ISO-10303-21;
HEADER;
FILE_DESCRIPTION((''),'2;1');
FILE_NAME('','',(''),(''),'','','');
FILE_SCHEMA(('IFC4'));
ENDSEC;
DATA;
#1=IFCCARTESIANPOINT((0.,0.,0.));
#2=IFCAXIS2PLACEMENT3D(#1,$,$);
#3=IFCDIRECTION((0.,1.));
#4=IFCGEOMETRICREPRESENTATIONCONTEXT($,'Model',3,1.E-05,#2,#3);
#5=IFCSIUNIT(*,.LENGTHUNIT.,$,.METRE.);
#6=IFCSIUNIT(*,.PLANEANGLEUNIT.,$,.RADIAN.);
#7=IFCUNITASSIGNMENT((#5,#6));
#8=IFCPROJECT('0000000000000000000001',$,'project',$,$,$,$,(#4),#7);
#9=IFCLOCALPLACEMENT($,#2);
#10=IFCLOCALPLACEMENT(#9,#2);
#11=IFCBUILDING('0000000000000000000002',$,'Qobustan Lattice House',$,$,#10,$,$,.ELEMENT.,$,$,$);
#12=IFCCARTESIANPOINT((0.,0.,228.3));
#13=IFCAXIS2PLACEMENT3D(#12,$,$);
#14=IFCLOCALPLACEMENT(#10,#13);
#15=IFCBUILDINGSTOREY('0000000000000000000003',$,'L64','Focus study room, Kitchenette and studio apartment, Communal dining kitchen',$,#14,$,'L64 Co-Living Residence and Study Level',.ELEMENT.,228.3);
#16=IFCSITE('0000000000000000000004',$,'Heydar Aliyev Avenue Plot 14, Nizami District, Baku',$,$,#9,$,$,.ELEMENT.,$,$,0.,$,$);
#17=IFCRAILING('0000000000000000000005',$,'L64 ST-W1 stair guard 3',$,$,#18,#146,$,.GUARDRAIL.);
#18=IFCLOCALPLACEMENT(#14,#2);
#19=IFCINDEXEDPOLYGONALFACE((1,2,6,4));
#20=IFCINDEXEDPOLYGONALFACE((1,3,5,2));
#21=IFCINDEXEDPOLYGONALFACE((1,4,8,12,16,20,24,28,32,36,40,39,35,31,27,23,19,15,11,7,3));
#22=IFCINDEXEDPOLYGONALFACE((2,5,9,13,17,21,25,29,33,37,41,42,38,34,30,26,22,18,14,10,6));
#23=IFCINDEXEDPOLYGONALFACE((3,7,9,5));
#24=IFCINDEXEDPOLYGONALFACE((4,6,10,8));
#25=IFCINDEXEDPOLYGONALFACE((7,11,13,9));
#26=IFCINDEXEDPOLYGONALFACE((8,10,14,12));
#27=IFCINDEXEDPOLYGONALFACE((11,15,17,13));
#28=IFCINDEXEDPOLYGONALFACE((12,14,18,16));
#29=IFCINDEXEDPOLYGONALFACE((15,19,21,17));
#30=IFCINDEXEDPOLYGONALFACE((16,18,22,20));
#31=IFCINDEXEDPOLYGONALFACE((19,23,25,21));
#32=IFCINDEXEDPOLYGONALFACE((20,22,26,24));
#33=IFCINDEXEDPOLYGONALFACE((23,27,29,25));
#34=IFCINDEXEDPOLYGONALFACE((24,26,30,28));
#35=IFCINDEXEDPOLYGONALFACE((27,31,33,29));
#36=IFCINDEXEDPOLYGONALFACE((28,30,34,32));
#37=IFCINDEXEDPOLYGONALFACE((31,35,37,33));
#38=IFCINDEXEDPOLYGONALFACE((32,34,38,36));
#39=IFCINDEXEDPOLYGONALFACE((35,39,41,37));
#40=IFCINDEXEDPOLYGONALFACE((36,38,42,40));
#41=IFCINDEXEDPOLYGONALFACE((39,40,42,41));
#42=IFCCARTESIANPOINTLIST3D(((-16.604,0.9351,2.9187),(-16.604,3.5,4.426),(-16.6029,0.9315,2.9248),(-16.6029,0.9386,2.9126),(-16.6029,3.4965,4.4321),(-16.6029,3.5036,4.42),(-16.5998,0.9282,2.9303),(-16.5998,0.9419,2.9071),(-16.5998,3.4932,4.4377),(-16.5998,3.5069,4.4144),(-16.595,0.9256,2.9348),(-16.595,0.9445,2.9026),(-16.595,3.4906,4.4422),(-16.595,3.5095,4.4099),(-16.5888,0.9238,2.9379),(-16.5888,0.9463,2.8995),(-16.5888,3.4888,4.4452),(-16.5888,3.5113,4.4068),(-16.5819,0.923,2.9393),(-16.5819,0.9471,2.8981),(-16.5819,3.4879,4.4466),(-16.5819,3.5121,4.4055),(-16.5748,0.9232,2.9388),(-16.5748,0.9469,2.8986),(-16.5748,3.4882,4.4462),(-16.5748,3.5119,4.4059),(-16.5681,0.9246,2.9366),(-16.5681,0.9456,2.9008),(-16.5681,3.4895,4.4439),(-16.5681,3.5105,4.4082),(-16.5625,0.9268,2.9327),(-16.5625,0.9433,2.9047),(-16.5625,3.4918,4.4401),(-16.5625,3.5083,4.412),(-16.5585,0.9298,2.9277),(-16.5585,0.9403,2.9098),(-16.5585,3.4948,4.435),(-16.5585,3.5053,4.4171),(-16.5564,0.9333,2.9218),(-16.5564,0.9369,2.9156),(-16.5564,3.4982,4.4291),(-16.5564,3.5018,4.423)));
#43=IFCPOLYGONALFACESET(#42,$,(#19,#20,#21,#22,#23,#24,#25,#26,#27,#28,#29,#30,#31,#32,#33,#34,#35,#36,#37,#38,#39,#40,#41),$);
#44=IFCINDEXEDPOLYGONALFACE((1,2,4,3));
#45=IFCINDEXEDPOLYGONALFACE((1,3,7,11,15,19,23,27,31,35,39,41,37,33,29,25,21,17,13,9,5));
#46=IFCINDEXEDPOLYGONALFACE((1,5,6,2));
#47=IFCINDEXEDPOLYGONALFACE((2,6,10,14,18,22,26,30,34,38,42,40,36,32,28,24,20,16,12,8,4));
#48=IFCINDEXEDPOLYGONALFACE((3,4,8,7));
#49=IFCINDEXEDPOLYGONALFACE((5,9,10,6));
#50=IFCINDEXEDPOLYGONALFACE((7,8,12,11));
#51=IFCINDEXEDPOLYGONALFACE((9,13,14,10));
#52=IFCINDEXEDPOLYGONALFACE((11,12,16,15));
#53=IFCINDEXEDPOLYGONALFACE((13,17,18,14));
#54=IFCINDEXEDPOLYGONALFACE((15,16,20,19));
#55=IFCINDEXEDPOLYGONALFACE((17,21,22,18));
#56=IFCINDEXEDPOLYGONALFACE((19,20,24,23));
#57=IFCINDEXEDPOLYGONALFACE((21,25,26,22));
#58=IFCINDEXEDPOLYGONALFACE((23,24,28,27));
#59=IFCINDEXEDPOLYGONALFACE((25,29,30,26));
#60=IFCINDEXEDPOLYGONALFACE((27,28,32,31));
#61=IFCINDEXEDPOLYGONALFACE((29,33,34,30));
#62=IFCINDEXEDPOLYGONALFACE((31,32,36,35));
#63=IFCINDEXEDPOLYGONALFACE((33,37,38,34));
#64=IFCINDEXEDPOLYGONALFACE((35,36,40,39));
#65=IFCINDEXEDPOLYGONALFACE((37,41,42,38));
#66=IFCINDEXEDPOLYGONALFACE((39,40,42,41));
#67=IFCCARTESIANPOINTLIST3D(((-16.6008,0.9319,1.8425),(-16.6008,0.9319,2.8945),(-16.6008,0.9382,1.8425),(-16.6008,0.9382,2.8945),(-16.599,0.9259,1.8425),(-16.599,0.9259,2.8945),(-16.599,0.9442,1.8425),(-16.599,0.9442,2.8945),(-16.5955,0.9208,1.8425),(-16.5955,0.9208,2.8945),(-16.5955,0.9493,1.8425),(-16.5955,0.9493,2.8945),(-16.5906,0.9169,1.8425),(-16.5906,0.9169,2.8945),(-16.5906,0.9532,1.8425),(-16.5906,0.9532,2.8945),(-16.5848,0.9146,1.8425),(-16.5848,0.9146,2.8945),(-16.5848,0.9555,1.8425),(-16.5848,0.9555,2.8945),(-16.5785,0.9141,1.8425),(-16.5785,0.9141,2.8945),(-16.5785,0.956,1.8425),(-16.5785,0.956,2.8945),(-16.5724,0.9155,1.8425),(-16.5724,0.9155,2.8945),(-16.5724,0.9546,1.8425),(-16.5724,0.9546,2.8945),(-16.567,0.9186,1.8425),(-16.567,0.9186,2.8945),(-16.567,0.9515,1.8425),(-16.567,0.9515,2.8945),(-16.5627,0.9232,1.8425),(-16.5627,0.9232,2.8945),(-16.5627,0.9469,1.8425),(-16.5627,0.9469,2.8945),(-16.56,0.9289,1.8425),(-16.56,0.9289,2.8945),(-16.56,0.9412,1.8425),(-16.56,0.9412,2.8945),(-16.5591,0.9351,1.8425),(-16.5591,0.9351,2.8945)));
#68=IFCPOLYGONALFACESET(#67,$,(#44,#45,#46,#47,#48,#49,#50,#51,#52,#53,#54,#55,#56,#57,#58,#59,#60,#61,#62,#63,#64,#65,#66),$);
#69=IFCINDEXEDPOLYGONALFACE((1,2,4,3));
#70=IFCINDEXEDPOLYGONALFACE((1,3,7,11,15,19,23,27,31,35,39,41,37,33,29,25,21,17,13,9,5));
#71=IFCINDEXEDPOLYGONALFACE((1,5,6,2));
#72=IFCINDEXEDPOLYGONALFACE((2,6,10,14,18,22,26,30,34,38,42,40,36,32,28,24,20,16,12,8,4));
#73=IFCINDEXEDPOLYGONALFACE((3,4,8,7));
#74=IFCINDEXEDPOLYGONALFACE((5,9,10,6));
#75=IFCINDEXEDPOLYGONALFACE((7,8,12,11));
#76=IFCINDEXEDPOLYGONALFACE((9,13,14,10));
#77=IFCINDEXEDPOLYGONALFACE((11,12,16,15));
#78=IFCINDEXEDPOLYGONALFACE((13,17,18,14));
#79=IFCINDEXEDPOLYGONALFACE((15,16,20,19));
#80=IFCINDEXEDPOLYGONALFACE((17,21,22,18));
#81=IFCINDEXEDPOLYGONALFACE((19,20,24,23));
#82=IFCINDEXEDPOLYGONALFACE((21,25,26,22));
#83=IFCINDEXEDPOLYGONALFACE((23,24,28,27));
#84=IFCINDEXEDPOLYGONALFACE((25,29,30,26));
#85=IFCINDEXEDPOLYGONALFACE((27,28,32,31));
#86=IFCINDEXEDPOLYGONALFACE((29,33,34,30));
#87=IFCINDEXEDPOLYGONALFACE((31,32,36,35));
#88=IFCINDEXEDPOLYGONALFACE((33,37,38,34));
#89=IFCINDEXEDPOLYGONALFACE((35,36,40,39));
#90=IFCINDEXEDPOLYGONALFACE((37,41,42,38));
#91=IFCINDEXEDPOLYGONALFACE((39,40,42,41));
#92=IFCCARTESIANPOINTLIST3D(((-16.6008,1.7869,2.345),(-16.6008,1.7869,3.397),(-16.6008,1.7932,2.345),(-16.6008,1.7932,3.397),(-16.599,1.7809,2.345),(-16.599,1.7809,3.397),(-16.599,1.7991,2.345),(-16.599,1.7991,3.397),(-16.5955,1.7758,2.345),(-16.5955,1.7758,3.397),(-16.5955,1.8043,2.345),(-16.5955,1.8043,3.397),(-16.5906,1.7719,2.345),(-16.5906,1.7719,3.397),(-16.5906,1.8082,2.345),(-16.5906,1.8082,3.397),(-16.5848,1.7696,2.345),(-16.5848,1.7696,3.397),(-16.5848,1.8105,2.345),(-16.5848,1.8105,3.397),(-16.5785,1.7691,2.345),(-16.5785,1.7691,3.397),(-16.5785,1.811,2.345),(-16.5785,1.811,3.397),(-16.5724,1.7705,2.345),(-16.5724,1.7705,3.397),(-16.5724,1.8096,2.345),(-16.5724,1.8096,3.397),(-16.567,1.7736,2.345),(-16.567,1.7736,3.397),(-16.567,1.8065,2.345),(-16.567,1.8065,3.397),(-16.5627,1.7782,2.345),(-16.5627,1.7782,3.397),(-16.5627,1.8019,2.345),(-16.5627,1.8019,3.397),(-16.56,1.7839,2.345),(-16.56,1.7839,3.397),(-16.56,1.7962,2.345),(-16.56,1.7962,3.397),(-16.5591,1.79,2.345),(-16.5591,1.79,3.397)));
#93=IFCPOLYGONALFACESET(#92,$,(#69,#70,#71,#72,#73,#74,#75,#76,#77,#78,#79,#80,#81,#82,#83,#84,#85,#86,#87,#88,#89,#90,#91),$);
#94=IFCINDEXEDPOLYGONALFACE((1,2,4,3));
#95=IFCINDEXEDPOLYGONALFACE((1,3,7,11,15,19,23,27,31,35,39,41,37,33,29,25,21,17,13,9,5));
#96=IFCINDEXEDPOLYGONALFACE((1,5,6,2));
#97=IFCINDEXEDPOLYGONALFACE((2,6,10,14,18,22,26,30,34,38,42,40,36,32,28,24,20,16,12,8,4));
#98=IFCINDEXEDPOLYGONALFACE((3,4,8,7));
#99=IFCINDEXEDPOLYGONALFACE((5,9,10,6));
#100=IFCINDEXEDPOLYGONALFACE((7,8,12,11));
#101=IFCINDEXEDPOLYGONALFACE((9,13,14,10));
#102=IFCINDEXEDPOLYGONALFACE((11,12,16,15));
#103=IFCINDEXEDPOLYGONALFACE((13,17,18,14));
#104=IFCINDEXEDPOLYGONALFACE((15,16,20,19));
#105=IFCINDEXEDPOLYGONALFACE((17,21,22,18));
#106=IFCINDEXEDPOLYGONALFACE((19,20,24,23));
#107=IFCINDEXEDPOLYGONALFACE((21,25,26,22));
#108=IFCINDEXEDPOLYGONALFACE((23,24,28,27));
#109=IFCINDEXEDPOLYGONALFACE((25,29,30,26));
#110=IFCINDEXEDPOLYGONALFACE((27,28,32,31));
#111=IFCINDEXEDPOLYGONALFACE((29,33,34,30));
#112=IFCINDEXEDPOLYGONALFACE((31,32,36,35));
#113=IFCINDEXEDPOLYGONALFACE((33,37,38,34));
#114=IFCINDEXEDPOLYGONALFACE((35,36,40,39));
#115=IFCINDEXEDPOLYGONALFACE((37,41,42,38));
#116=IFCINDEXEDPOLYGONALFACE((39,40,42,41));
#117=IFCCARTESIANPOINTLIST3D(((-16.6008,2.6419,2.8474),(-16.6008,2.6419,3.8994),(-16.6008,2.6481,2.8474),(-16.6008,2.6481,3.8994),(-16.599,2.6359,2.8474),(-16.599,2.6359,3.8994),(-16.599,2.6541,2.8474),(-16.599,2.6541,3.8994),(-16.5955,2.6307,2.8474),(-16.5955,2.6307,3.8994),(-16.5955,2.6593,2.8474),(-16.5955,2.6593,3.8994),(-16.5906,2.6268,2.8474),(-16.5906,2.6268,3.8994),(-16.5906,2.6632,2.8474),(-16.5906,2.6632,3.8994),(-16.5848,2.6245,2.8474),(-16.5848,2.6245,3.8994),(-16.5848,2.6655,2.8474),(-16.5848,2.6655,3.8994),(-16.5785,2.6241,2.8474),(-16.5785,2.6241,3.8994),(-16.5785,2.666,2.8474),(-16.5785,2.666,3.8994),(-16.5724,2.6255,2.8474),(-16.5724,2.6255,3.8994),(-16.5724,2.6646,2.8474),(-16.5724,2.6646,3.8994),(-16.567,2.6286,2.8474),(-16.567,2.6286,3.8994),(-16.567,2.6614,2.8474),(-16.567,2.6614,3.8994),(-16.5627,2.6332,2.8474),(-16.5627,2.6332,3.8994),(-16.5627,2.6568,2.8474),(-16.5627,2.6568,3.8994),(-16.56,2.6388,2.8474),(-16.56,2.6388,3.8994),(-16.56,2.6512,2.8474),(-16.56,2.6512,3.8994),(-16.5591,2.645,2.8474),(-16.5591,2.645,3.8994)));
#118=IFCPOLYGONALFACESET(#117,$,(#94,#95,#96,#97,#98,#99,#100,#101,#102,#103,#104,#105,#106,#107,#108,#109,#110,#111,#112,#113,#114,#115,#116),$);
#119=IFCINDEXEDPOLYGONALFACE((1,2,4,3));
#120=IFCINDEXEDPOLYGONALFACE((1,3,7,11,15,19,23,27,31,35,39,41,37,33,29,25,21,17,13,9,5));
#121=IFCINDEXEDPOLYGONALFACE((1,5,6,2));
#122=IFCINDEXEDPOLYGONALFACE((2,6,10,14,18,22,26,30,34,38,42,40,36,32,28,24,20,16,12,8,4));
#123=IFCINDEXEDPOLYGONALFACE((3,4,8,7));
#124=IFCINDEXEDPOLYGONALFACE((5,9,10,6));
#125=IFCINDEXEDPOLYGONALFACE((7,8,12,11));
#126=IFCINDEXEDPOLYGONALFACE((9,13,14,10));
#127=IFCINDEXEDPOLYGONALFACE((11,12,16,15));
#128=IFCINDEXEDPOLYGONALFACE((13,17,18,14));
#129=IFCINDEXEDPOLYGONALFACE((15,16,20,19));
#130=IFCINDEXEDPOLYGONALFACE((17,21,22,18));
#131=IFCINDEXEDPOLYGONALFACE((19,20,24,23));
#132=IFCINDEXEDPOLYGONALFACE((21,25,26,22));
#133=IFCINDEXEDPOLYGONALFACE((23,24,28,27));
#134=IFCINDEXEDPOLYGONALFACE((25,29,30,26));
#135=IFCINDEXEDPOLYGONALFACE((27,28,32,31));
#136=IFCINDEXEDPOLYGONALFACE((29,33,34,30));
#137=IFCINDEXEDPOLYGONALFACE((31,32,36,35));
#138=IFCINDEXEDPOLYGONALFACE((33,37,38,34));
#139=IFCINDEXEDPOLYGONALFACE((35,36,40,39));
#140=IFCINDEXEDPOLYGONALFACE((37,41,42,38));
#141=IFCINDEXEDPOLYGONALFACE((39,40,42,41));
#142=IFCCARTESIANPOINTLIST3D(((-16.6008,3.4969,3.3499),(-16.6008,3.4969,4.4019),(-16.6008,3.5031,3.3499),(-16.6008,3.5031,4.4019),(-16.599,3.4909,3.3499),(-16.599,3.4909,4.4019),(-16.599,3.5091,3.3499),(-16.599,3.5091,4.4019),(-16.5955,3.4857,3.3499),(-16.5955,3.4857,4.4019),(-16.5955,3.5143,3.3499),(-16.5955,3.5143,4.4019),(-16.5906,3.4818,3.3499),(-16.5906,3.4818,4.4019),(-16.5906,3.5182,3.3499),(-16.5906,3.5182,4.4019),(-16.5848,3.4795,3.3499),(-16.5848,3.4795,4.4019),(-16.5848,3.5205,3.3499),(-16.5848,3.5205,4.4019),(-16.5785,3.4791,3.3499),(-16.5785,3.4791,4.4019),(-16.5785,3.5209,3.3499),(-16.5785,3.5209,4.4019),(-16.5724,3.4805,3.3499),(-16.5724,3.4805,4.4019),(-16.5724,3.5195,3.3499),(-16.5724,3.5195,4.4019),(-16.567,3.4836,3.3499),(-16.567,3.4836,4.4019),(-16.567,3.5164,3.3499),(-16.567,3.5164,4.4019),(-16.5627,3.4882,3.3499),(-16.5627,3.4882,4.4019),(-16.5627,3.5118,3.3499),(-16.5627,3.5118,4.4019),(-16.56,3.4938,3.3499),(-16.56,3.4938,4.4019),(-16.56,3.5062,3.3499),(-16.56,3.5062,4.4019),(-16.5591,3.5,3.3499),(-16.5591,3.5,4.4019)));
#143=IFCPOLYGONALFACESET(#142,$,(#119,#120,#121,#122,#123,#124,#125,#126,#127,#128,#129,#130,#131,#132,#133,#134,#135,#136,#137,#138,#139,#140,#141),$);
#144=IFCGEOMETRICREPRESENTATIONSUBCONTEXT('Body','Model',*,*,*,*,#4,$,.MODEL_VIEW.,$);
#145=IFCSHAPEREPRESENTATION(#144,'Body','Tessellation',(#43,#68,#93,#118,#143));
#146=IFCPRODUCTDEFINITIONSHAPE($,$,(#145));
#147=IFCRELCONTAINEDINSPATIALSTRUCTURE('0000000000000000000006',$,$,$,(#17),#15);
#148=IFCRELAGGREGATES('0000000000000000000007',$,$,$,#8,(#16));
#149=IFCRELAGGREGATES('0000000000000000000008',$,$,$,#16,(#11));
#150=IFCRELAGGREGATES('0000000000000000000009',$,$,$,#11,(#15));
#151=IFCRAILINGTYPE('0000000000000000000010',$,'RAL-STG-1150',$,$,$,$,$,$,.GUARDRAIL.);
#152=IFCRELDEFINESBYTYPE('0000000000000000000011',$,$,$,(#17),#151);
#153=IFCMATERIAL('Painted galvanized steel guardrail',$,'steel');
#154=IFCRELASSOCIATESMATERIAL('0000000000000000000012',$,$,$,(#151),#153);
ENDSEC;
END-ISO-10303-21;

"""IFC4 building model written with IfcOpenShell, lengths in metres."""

from ifc_helpers import new_model, si_unit, direction, frame, origin, origin_2d, place, context, subcontext, project, spatial, circle, extrude, material, type_object, element, save


model = new_model("IFC4")

# Units and contexts
model_context = context("Model", 3, precision=1e-05, world=origin(), true_north=direction((0.0, 1.0)))
body_context = subcontext(model_context, "Body", "Model", "MODEL_VIEW")
ifc_project = project(units=[si_unit("LENGTHUNIT", "METRE"), si_unit("PLANEANGLEUNIT", "RADIAN")], contexts=[model_context])

# Site, building, storey
site_placement = place(None, origin())
site = spatial("IfcSite", under=ifc_project, at=site_placement, Name="Heydar Aliyev Avenue Plot 14, Nizami District, Baku", CompositionType="ELEMENT", RefElevation=0.0)
building_placement = place(site_placement, origin())
building = spatial("IfcBuilding", under=site, at=building_placement, Name="Qobustan Lattice House", CompositionType="ELEMENT")
storey_placement = place(building_placement, frame((0.0, 0.0, 228.3)))
storey = spatial("IfcBuildingStorey", under=building, at=storey_placement, Name="L64", Description="Focus study room, Kitchenette and studio apartment, Communal dining kitchen", LongName="L64 Co-Living Residence and Study Level", CompositionType="ELEMENT", Elevation=228.3)

# Railing
ifc_material_1 = material(Name="Painted galvanized steel guardrail", Category="steel")
railing_type_1 = type_object("IfcRailingType", Name="RAL-STG-1150", PredefinedType="GUARDRAIL", material=ifc_material_1)
railing_1_placement = place(storey_placement, frame((-16.5801, 0.9351, 1.8425)))
element("IfcRailing", 1, at=railing_1_placement, inside=storey, type_object=railing_type_1, Name="L64 ST-W1 stair guard 3", PredefinedType="GUARDRAIL", context=body_context, shape_type="SweptSolid", body=[
    extrude(circle(Radius=0.0239, at=origin_2d()), frame((0.0, 0.0, 1.0762), z_axis=(0.0, 0.862149, 0.506654), x_axis=(-1.0, 0.0, 0.0)), (0.0, 0.0, 1.0), 2.9751),
    extrude(circle(Radius=0.021, at=origin_2d()), origin(), (0.0, 0.0, 1.0), 1.052),
    extrude(circle(Radius=0.021, at=origin_2d()), frame((0.0, 0.855, 0.5024)), (0.0, 0.0, 1.0), 1.052),
    extrude(circle(Radius=0.021, at=origin_2d()), frame((0.0, 1.71, 1.0049)), (0.0, 0.0, 1.0), 1.052),
    extrude(circle(Radius=0.021, at=origin_2d()), frame((0.0, 2.5649, 1.5073)), (0.0, 0.0, 1.0), 1.052),
])

save(model, "model.ifc")
